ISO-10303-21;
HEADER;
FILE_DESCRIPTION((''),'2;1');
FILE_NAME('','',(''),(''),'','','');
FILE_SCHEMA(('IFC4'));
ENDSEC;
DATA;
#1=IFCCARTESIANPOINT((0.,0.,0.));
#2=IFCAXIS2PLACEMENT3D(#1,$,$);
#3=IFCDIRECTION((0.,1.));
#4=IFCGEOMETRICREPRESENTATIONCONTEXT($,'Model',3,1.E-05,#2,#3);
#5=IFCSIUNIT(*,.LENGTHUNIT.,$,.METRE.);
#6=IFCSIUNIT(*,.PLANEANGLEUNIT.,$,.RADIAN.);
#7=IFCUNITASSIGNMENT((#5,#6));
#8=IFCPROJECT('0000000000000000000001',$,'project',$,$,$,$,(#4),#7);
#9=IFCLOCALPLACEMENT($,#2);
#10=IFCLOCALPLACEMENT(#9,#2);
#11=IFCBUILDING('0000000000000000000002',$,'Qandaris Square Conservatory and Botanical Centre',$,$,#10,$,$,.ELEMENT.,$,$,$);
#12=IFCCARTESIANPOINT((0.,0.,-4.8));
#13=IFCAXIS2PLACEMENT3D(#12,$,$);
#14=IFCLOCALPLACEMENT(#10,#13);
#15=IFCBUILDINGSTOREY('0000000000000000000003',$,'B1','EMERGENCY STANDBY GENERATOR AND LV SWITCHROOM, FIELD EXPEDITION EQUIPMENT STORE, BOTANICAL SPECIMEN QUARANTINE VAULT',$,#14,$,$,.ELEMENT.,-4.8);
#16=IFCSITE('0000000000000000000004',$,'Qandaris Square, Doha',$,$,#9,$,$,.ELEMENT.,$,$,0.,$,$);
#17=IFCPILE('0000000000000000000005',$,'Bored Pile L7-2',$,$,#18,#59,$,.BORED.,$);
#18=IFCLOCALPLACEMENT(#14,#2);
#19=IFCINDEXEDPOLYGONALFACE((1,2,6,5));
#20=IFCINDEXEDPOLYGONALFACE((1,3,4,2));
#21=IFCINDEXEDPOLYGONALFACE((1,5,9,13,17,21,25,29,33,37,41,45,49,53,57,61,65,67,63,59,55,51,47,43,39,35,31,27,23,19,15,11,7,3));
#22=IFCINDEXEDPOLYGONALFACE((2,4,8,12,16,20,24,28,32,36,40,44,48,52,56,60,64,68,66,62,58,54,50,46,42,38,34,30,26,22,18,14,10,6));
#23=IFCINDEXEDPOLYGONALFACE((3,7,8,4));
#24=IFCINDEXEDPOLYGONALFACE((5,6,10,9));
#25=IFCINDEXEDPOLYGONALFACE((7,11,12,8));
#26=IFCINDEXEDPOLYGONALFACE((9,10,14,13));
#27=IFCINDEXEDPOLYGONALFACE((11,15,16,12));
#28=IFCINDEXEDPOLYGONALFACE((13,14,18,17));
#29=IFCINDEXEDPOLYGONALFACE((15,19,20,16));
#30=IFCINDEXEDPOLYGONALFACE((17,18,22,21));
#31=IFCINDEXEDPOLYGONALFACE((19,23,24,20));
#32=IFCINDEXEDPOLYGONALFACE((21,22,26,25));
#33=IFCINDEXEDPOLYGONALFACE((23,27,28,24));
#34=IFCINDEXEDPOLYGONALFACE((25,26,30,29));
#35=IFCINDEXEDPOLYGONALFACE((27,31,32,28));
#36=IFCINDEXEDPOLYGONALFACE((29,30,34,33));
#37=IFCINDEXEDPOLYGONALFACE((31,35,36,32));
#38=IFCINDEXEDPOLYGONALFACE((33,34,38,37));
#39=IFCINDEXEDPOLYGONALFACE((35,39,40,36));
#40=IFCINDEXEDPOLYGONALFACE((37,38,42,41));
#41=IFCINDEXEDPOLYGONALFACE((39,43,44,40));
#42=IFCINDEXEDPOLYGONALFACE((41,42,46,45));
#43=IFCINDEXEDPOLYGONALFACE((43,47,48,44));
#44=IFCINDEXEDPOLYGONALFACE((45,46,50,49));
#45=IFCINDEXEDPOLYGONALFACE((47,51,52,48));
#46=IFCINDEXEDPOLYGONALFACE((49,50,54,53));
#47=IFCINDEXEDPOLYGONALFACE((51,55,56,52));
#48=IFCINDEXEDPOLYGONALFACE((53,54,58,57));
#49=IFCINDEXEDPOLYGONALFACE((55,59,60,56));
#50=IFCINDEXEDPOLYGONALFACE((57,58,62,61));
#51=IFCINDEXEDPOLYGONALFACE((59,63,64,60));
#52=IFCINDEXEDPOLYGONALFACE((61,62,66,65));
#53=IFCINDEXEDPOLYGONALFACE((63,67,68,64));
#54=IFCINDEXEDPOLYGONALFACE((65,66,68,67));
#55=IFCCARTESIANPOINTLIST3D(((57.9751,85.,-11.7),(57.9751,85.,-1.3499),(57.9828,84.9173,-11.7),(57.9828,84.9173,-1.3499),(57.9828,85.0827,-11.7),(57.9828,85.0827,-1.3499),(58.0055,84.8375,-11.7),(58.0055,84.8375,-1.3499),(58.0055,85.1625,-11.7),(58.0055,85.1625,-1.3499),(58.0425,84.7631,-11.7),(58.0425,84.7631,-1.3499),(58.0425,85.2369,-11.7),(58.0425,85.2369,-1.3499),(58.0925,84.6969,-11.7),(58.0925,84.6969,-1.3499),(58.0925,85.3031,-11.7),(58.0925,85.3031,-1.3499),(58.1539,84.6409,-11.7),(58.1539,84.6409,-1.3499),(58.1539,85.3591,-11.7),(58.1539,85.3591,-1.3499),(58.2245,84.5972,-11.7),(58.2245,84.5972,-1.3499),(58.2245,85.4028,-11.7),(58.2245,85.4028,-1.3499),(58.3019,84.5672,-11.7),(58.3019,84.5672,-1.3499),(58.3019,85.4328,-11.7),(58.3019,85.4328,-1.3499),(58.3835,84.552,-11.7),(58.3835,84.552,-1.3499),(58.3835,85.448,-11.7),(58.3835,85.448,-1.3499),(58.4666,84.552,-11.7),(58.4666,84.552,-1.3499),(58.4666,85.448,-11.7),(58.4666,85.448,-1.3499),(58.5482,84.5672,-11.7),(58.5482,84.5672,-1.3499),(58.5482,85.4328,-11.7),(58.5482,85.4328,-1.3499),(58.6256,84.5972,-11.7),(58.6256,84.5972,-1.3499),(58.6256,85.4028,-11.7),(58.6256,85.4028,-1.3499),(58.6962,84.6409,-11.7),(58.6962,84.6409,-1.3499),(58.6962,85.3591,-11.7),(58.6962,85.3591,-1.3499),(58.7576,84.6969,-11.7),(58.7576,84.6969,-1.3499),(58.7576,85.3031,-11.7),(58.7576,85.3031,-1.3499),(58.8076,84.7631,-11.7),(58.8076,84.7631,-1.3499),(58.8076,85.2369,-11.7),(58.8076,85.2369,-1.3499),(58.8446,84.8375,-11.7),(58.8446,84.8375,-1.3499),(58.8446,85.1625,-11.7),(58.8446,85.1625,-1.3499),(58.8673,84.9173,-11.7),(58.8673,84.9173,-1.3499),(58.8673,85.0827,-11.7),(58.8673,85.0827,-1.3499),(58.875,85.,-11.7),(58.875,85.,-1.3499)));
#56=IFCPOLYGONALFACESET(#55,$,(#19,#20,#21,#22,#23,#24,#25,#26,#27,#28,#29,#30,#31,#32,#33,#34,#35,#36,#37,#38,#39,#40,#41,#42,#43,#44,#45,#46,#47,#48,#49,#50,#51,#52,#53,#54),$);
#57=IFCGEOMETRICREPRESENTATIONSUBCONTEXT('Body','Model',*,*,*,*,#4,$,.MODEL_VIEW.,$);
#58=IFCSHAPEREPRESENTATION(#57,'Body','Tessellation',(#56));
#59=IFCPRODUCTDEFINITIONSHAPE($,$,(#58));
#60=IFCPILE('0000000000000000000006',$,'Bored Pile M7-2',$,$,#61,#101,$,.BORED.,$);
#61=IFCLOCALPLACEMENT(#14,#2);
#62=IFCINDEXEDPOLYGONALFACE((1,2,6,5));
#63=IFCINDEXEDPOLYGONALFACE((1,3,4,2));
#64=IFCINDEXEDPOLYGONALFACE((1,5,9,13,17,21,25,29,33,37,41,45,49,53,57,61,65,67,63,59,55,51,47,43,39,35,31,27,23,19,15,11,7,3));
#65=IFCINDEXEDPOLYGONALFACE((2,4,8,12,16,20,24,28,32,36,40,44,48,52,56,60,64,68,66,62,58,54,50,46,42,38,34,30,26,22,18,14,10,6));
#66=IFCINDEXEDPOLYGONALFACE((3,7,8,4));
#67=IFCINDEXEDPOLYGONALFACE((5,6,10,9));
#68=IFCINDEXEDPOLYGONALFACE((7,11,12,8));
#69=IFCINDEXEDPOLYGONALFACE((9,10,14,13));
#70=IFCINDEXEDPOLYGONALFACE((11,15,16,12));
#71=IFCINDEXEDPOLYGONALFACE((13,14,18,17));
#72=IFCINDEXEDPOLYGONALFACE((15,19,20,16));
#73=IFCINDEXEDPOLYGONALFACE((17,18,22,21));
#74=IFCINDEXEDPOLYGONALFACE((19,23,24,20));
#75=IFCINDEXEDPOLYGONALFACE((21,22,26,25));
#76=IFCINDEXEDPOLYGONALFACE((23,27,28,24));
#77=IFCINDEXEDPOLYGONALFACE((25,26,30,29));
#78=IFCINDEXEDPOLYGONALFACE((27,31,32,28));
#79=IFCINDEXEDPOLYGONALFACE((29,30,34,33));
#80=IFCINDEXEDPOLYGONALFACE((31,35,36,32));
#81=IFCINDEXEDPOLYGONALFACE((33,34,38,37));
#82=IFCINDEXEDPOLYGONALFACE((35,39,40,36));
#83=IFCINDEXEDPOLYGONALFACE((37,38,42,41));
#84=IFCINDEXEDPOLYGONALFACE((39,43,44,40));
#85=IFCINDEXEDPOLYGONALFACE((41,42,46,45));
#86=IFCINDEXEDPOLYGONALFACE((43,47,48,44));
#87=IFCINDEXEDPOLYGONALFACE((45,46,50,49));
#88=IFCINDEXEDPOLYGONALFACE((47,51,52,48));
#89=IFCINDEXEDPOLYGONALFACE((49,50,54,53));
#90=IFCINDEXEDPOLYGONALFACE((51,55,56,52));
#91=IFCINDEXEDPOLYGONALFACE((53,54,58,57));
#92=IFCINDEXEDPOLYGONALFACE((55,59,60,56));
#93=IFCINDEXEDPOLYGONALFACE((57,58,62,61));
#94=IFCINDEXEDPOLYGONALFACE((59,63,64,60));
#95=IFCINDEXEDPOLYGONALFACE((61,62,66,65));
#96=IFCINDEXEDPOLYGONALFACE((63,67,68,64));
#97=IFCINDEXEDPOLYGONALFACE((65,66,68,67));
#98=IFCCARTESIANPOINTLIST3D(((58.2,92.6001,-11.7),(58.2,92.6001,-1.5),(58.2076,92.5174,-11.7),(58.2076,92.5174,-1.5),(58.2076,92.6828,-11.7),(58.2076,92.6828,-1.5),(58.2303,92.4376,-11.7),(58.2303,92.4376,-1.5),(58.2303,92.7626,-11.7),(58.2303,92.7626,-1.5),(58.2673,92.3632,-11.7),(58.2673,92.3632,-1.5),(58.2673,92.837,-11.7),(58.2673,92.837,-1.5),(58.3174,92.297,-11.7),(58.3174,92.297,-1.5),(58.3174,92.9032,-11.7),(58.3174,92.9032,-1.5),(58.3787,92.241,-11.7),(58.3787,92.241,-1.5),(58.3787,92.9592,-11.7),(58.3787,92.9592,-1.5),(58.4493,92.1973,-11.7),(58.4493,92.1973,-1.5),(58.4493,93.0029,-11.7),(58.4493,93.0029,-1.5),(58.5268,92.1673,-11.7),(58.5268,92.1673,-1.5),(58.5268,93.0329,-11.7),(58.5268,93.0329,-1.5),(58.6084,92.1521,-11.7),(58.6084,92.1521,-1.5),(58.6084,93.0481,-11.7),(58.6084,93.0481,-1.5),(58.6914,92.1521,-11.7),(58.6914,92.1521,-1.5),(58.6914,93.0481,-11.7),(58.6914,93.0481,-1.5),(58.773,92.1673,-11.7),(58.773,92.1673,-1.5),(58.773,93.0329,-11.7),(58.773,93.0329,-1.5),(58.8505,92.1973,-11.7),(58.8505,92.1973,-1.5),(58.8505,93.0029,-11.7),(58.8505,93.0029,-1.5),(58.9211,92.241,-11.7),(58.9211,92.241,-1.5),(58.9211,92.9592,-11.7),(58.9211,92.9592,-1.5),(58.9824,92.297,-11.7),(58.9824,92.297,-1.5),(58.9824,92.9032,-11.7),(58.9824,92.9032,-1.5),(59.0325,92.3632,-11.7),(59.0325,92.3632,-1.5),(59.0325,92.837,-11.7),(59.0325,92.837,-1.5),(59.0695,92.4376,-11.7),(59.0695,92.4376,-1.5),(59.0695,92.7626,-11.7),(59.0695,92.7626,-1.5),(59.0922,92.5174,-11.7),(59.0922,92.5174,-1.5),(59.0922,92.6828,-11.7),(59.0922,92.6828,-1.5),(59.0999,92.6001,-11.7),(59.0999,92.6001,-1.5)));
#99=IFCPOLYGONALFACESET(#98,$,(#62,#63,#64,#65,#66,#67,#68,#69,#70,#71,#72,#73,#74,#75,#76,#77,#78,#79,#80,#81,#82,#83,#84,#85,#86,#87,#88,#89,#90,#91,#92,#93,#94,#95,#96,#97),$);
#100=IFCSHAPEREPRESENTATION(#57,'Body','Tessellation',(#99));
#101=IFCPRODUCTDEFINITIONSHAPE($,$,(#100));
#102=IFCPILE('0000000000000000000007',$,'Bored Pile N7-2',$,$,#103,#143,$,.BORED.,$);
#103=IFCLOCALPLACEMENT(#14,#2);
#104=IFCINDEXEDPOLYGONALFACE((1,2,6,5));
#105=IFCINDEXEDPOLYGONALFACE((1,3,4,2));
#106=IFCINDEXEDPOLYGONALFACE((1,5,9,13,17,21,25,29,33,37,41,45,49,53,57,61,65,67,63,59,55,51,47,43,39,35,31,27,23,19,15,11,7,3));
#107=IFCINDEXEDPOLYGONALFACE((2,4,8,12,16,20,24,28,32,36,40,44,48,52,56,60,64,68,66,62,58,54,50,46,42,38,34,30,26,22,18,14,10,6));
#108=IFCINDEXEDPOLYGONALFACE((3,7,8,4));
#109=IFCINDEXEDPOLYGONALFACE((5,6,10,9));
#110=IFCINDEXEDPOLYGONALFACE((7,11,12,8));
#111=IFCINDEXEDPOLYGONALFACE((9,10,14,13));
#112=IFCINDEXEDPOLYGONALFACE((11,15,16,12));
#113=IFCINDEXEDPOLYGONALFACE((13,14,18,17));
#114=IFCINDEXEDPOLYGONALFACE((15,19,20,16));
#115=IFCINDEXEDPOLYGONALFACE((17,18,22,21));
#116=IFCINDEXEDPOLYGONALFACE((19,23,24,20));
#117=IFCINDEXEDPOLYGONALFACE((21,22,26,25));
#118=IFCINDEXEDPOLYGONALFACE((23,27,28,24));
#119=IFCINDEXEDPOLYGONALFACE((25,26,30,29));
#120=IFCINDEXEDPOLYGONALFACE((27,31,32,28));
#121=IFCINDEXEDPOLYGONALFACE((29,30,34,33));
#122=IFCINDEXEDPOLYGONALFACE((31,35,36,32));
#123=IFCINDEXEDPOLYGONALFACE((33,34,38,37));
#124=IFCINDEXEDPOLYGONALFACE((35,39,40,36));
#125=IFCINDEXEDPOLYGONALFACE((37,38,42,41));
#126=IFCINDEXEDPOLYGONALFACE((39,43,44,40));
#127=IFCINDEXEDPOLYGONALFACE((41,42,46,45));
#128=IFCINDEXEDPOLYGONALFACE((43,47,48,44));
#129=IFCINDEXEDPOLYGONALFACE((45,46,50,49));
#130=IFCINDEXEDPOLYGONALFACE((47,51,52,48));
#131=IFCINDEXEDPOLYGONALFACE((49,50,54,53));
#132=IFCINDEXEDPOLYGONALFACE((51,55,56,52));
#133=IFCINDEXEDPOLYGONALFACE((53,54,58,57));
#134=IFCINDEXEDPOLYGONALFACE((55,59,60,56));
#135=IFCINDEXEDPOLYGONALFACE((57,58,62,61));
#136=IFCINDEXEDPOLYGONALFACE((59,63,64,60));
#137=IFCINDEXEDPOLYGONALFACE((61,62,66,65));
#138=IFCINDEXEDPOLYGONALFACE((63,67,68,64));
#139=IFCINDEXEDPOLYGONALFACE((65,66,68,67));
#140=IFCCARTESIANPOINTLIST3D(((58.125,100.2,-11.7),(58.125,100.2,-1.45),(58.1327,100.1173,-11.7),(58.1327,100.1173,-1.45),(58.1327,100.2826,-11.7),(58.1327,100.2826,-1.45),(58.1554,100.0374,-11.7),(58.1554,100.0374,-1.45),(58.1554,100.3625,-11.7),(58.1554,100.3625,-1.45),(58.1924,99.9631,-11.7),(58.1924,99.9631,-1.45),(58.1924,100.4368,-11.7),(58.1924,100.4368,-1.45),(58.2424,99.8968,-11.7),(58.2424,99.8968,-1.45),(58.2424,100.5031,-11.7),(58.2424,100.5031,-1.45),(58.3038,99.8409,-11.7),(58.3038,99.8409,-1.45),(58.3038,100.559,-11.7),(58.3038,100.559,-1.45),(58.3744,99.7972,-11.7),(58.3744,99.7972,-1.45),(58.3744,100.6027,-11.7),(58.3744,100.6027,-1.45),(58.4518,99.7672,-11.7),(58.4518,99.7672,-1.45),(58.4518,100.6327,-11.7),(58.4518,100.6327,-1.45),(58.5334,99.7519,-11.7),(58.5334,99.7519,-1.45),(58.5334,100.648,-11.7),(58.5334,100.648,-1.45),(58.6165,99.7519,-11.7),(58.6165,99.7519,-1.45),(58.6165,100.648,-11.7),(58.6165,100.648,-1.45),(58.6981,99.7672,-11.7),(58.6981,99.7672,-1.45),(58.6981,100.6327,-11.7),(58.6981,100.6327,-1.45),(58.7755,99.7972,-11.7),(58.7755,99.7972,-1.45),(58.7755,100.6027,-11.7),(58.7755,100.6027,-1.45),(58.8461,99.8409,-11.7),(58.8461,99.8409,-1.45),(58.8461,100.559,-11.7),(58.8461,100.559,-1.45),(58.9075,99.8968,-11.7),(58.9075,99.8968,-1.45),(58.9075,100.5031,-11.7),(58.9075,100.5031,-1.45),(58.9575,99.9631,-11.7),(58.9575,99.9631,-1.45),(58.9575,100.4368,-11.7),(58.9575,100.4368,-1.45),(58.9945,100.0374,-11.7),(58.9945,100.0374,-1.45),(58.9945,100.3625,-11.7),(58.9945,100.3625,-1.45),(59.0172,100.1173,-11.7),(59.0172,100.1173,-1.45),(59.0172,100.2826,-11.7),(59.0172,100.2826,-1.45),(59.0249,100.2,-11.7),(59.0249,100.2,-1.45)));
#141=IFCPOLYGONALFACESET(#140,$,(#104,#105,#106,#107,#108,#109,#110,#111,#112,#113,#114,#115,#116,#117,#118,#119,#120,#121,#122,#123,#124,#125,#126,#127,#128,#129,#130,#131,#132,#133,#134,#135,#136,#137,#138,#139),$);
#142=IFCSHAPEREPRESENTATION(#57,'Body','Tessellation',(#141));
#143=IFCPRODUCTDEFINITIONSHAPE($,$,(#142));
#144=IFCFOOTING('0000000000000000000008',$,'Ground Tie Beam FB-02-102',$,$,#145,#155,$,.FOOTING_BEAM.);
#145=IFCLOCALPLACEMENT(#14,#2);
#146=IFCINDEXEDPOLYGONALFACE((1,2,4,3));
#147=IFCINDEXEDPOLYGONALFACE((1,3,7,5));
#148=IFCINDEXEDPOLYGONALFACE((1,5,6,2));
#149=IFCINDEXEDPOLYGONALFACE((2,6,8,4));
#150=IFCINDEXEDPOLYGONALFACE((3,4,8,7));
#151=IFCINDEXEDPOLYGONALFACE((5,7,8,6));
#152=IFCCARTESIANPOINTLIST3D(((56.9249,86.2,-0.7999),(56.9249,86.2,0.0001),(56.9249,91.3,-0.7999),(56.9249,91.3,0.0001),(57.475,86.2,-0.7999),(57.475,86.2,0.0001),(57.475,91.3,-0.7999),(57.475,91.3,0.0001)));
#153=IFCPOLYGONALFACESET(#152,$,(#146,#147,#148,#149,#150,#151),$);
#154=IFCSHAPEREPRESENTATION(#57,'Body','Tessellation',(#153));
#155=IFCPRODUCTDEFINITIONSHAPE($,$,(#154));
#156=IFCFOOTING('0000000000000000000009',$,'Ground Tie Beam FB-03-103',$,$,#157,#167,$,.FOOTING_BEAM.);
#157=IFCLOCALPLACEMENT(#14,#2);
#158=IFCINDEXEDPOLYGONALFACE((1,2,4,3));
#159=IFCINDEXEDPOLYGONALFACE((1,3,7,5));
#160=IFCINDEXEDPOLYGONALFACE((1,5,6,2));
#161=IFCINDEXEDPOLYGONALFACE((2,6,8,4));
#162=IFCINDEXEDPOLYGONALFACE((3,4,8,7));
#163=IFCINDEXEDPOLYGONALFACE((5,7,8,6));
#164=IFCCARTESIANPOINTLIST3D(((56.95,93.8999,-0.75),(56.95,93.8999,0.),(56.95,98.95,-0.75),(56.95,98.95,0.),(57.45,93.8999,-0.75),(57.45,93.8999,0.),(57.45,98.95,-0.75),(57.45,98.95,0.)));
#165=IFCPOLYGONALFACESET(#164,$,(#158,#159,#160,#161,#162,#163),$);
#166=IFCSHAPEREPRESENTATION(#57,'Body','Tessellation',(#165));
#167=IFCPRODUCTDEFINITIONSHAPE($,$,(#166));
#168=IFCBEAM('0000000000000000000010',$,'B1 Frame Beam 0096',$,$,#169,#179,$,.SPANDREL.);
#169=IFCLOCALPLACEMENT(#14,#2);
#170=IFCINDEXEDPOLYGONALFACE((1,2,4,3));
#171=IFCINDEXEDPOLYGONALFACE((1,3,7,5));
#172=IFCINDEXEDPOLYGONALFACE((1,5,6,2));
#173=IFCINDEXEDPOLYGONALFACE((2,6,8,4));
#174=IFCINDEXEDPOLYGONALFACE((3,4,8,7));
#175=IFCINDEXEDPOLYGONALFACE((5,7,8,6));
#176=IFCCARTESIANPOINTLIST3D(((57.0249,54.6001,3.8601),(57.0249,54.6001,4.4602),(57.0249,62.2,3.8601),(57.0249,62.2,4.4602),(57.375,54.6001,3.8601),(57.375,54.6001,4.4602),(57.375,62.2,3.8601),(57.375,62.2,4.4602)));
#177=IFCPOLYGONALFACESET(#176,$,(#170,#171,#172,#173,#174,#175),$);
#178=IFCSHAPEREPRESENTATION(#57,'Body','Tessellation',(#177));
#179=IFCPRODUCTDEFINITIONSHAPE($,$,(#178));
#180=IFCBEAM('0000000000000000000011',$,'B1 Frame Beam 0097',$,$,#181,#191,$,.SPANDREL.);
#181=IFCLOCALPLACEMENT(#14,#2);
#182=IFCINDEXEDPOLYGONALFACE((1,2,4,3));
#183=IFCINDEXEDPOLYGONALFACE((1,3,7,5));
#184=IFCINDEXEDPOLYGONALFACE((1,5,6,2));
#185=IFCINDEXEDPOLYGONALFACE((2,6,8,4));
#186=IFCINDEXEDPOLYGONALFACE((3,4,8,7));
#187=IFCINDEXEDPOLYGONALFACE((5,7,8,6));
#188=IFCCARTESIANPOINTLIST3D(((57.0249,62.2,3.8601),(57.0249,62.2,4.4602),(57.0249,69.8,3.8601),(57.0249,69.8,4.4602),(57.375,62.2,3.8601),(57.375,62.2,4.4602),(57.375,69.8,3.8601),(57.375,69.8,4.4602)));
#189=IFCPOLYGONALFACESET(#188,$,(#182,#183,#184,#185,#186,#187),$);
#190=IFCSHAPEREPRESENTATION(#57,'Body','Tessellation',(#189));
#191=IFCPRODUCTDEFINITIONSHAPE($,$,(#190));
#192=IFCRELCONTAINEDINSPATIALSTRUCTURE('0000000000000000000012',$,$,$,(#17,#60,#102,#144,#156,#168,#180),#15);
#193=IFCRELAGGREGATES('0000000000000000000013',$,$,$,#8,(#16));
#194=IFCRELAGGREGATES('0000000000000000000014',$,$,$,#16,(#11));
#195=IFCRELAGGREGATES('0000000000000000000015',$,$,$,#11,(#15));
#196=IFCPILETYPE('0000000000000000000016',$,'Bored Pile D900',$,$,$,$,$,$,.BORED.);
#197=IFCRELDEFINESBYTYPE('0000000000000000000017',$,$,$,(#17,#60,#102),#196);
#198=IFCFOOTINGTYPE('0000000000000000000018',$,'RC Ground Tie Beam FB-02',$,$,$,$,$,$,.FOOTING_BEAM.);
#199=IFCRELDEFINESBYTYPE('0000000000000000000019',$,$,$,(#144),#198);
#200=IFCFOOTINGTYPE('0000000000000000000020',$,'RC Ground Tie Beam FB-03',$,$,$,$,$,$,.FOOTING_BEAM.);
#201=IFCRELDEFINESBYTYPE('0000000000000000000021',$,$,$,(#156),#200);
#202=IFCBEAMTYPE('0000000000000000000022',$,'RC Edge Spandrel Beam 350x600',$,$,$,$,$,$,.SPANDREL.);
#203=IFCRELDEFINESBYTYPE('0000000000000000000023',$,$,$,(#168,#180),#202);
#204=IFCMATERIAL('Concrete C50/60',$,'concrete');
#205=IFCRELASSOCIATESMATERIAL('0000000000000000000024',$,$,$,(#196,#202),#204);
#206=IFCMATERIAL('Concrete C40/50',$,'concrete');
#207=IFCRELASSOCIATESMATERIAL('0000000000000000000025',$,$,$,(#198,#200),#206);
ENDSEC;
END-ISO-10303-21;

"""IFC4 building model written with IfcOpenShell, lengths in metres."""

from ifc_helpers import new_model, si_unit, direction, frame, origin, origin_2d, place, context, subcontext, project, spatial, rectangle, circle, extrude, material, material_profile, profile_set, type_object, element, save


model = new_model("IFC4")

# Units and contexts
model_context = context("Model", 3, precision=1e-05, world=origin(), true_north=direction((0.0, 1.0)))
body_context = subcontext(model_context, "Body", "Model", "MODEL_VIEW")
ifc_project = project(units=[si_unit("LENGTHUNIT", "METRE"), si_unit("PLANEANGLEUNIT", "RADIAN")], contexts=[model_context])

# Site, building, storey
site_placement = place(None, origin())
site = spatial("IfcSite", under=ifc_project, at=site_placement, Name="Qandaris Square, Doha", CompositionType="ELEMENT", RefElevation=0.0)
building_placement = place(site_placement, origin())
building = spatial("IfcBuilding", under=site, at=building_placement, Name="Qandaris Square Conservatory and Botanical Centre", CompositionType="ELEMENT")
storey_placement = place(building_placement, frame((0.0, 0.0, -4.8)))
storey = spatial("IfcBuildingStorey", under=building, at=storey_placement, Name="B1", Description="EMERGENCY STANDBY GENERATOR AND LV SWITCHROOM, FIELD EXPEDITION EQUIPMENT STORE, BOTANICAL SPECIMEN QUARANTINE VAULT", CompositionType="ELEMENT", Elevation=-4.8)

# Piles
ifc_material_1 = material(Name="Concrete C50/60", Category="concrete")
ifc_material_profile_1 = material_profile(ifc_material_1, circle(Radius=0.45, at=origin_2d()), Name="PILE D900")
ifc_profile_set_1 = profile_set([ifc_material_profile_1], Name="Concrete C50/60")
pile_type = type_object("IfcPileType", Name="Bored Pile D900", PredefinedType="BORED", material=ifc_profile_set_1)
pile_1_placement = place(storey_placement, frame((58.425, 85.0, -1.3499), z_axis=(0.0, 0.0, -1.0), x_axis=(1.0, 0.0, 0.0)))
element("IfcPile", 1, at=pile_1_placement, inside=storey, type_object=pile_type, Name="Bored Pile L7-2", PredefinedType="BORED", context=body_context, shape_type="SweptSolid", body=[
    extrude(circle(Radius=0.45, at=origin_2d()), origin(), (0.0, 0.0, 1.0), 10.3501),
])
pile_2_placement = place(storey_placement, frame((58.6499, 92.6001, -1.5), z_axis=(0.0, 0.0, -1.0), x_axis=(1.0, 0.0, 0.0)))
element("IfcPile", 2, at=pile_2_placement, inside=storey, type_object=pile_type, Name="Bored Pile M7-2", PredefinedType="BORED", context=body_context, shape_type="SweptSolid", body=[
    extrude(circle(Radius=0.45, at=origin_2d()), origin(), (0.0, 0.0, 1.0), 10.2),
])
pile_3_placement = place(storey_placement, frame((58.575, 100.2, -1.45), z_axis=(0.0, 0.0, -1.0), x_axis=(1.0, 0.0, 0.0)))
element("IfcPile", 3, at=pile_3_placement, inside=storey, type_object=pile_type, Name="Bored Pile N7-2", PredefinedType="BORED", context=body_context, shape_type="SweptSolid", body=[
    extrude(circle(Radius=0.45, at=origin_2d()), origin(), (0.0, 0.0, 1.0), 10.25),
])

# Footings
ifc_material_2 = material(Name="Concrete C40/50", Category="concrete")
ifc_material_profile_2 = material_profile(ifc_material_2, rectangle(XDim=0.55, YDim=0.8, at=origin_2d()), Name="FB 550x800")
ifc_profile_set_2 = profile_set([ifc_material_profile_2], Name="Concrete C40/50")
footing_type_1 = type_object("IfcFootingType", Name="RC Ground Tie Beam FB-02", PredefinedType="FOOTING_BEAM", material=ifc_profile_set_2)
footing_1_placement = place(storey_placement, frame((57.2, 86.2, -0.3999), z_axis=(0.0, 1.0, 0.0), x_axis=(-1.0, 0.0, 0.0)))
element("IfcFooting", 4, at=footing_1_placement, inside=storey, type_object=footing_type_1, Name="Ground Tie Beam FB-02-102", PredefinedType="FOOTING_BEAM", context=body_context, shape_type="SweptSolid", body=[
    extrude(rectangle(XDim=0.55, YDim=0.8, at=origin_2d()), origin(), (0.0, 0.0, 1.0), 5.1001),
])
ifc_material_profile_3 = material_profile(ifc_material_2, rectangle(XDim=0.5, YDim=0.75, at=origin_2d()), Name="FB 500x750")
ifc_profile_set_3 = profile_set([ifc_material_profile_3], Name="Concrete C40/50")
footing_type_2 = type_object("IfcFootingType", Name="RC Ground Tie Beam FB-03", PredefinedType="FOOTING_BEAM", material=ifc_profile_set_3)
footing_2_placement = place(storey_placement, frame((57.2, 93.8999, -0.375), z_axis=(0.0, 1.0, 0.0), x_axis=(-1.0, 0.0, 0.0)))
element("IfcFooting", 5, at=footing_2_placement, inside=storey, type_object=footing_type_2, Name="Ground Tie Beam FB-03-103", PredefinedType="FOOTING_BEAM", context=body_context, shape_type="SweptSolid", body=[
    extrude(rectangle(XDim=0.5, YDim=0.75, at=origin_2d()), origin(), (0.0, 0.0, 1.0), 5.05),
])

# Beams
ifc_material_profile_4 = material_profile(ifc_material_1, rectangle(XDim=0.3501, YDim=0.6001, at=origin_2d()), Name="RC-SP 350x600")
ifc_profile_set_4 = profile_set([ifc_material_profile_4], Name="Concrete C50/60")
beam_type_1 = type_object("IfcBeamType", Name="RC Edge Spandrel Beam 350x600", PredefinedType="SPANDREL", material=ifc_profile_set_4)
beam_1_placement = place(storey_placement, frame((57.2, 54.6001, 4.1602), z_axis=(0.0, 1.0, 0.0), x_axis=(-1.0, 0.0, 0.0)))
element("IfcBeam", 6, at=beam_1_placement, inside=storey, type_object=beam_type_1, Name="B1 Frame Beam 0096", PredefinedType="SPANDREL", context=body_context, shape_type="SweptSolid", body=[
    extrude(rectangle(XDim=0.3501, YDim=0.6001, at=origin_2d()), origin(), (0.0, 0.0, 1.0), 7.5999),
])
beam_2_placement = place(storey_placement, frame((57.2, 62.2, 4.1602), z_axis=(0.0, 1.0, 0.0), x_axis=(-1.0, 0.0, 0.0)))
element("IfcBeam", 7, at=beam_2_placement, inside=storey, type_object=beam_type_1, Name="B1 Frame Beam 0097", PredefinedType="SPANDREL", context=body_context, shape_type="SweptSolid", body=[
    extrude(rectangle(XDim=0.3501, YDim=0.6001, at=origin_2d()), origin(), (0.0, 0.0, 1.0), 7.6001),
])

save(model, "model.ifc")
